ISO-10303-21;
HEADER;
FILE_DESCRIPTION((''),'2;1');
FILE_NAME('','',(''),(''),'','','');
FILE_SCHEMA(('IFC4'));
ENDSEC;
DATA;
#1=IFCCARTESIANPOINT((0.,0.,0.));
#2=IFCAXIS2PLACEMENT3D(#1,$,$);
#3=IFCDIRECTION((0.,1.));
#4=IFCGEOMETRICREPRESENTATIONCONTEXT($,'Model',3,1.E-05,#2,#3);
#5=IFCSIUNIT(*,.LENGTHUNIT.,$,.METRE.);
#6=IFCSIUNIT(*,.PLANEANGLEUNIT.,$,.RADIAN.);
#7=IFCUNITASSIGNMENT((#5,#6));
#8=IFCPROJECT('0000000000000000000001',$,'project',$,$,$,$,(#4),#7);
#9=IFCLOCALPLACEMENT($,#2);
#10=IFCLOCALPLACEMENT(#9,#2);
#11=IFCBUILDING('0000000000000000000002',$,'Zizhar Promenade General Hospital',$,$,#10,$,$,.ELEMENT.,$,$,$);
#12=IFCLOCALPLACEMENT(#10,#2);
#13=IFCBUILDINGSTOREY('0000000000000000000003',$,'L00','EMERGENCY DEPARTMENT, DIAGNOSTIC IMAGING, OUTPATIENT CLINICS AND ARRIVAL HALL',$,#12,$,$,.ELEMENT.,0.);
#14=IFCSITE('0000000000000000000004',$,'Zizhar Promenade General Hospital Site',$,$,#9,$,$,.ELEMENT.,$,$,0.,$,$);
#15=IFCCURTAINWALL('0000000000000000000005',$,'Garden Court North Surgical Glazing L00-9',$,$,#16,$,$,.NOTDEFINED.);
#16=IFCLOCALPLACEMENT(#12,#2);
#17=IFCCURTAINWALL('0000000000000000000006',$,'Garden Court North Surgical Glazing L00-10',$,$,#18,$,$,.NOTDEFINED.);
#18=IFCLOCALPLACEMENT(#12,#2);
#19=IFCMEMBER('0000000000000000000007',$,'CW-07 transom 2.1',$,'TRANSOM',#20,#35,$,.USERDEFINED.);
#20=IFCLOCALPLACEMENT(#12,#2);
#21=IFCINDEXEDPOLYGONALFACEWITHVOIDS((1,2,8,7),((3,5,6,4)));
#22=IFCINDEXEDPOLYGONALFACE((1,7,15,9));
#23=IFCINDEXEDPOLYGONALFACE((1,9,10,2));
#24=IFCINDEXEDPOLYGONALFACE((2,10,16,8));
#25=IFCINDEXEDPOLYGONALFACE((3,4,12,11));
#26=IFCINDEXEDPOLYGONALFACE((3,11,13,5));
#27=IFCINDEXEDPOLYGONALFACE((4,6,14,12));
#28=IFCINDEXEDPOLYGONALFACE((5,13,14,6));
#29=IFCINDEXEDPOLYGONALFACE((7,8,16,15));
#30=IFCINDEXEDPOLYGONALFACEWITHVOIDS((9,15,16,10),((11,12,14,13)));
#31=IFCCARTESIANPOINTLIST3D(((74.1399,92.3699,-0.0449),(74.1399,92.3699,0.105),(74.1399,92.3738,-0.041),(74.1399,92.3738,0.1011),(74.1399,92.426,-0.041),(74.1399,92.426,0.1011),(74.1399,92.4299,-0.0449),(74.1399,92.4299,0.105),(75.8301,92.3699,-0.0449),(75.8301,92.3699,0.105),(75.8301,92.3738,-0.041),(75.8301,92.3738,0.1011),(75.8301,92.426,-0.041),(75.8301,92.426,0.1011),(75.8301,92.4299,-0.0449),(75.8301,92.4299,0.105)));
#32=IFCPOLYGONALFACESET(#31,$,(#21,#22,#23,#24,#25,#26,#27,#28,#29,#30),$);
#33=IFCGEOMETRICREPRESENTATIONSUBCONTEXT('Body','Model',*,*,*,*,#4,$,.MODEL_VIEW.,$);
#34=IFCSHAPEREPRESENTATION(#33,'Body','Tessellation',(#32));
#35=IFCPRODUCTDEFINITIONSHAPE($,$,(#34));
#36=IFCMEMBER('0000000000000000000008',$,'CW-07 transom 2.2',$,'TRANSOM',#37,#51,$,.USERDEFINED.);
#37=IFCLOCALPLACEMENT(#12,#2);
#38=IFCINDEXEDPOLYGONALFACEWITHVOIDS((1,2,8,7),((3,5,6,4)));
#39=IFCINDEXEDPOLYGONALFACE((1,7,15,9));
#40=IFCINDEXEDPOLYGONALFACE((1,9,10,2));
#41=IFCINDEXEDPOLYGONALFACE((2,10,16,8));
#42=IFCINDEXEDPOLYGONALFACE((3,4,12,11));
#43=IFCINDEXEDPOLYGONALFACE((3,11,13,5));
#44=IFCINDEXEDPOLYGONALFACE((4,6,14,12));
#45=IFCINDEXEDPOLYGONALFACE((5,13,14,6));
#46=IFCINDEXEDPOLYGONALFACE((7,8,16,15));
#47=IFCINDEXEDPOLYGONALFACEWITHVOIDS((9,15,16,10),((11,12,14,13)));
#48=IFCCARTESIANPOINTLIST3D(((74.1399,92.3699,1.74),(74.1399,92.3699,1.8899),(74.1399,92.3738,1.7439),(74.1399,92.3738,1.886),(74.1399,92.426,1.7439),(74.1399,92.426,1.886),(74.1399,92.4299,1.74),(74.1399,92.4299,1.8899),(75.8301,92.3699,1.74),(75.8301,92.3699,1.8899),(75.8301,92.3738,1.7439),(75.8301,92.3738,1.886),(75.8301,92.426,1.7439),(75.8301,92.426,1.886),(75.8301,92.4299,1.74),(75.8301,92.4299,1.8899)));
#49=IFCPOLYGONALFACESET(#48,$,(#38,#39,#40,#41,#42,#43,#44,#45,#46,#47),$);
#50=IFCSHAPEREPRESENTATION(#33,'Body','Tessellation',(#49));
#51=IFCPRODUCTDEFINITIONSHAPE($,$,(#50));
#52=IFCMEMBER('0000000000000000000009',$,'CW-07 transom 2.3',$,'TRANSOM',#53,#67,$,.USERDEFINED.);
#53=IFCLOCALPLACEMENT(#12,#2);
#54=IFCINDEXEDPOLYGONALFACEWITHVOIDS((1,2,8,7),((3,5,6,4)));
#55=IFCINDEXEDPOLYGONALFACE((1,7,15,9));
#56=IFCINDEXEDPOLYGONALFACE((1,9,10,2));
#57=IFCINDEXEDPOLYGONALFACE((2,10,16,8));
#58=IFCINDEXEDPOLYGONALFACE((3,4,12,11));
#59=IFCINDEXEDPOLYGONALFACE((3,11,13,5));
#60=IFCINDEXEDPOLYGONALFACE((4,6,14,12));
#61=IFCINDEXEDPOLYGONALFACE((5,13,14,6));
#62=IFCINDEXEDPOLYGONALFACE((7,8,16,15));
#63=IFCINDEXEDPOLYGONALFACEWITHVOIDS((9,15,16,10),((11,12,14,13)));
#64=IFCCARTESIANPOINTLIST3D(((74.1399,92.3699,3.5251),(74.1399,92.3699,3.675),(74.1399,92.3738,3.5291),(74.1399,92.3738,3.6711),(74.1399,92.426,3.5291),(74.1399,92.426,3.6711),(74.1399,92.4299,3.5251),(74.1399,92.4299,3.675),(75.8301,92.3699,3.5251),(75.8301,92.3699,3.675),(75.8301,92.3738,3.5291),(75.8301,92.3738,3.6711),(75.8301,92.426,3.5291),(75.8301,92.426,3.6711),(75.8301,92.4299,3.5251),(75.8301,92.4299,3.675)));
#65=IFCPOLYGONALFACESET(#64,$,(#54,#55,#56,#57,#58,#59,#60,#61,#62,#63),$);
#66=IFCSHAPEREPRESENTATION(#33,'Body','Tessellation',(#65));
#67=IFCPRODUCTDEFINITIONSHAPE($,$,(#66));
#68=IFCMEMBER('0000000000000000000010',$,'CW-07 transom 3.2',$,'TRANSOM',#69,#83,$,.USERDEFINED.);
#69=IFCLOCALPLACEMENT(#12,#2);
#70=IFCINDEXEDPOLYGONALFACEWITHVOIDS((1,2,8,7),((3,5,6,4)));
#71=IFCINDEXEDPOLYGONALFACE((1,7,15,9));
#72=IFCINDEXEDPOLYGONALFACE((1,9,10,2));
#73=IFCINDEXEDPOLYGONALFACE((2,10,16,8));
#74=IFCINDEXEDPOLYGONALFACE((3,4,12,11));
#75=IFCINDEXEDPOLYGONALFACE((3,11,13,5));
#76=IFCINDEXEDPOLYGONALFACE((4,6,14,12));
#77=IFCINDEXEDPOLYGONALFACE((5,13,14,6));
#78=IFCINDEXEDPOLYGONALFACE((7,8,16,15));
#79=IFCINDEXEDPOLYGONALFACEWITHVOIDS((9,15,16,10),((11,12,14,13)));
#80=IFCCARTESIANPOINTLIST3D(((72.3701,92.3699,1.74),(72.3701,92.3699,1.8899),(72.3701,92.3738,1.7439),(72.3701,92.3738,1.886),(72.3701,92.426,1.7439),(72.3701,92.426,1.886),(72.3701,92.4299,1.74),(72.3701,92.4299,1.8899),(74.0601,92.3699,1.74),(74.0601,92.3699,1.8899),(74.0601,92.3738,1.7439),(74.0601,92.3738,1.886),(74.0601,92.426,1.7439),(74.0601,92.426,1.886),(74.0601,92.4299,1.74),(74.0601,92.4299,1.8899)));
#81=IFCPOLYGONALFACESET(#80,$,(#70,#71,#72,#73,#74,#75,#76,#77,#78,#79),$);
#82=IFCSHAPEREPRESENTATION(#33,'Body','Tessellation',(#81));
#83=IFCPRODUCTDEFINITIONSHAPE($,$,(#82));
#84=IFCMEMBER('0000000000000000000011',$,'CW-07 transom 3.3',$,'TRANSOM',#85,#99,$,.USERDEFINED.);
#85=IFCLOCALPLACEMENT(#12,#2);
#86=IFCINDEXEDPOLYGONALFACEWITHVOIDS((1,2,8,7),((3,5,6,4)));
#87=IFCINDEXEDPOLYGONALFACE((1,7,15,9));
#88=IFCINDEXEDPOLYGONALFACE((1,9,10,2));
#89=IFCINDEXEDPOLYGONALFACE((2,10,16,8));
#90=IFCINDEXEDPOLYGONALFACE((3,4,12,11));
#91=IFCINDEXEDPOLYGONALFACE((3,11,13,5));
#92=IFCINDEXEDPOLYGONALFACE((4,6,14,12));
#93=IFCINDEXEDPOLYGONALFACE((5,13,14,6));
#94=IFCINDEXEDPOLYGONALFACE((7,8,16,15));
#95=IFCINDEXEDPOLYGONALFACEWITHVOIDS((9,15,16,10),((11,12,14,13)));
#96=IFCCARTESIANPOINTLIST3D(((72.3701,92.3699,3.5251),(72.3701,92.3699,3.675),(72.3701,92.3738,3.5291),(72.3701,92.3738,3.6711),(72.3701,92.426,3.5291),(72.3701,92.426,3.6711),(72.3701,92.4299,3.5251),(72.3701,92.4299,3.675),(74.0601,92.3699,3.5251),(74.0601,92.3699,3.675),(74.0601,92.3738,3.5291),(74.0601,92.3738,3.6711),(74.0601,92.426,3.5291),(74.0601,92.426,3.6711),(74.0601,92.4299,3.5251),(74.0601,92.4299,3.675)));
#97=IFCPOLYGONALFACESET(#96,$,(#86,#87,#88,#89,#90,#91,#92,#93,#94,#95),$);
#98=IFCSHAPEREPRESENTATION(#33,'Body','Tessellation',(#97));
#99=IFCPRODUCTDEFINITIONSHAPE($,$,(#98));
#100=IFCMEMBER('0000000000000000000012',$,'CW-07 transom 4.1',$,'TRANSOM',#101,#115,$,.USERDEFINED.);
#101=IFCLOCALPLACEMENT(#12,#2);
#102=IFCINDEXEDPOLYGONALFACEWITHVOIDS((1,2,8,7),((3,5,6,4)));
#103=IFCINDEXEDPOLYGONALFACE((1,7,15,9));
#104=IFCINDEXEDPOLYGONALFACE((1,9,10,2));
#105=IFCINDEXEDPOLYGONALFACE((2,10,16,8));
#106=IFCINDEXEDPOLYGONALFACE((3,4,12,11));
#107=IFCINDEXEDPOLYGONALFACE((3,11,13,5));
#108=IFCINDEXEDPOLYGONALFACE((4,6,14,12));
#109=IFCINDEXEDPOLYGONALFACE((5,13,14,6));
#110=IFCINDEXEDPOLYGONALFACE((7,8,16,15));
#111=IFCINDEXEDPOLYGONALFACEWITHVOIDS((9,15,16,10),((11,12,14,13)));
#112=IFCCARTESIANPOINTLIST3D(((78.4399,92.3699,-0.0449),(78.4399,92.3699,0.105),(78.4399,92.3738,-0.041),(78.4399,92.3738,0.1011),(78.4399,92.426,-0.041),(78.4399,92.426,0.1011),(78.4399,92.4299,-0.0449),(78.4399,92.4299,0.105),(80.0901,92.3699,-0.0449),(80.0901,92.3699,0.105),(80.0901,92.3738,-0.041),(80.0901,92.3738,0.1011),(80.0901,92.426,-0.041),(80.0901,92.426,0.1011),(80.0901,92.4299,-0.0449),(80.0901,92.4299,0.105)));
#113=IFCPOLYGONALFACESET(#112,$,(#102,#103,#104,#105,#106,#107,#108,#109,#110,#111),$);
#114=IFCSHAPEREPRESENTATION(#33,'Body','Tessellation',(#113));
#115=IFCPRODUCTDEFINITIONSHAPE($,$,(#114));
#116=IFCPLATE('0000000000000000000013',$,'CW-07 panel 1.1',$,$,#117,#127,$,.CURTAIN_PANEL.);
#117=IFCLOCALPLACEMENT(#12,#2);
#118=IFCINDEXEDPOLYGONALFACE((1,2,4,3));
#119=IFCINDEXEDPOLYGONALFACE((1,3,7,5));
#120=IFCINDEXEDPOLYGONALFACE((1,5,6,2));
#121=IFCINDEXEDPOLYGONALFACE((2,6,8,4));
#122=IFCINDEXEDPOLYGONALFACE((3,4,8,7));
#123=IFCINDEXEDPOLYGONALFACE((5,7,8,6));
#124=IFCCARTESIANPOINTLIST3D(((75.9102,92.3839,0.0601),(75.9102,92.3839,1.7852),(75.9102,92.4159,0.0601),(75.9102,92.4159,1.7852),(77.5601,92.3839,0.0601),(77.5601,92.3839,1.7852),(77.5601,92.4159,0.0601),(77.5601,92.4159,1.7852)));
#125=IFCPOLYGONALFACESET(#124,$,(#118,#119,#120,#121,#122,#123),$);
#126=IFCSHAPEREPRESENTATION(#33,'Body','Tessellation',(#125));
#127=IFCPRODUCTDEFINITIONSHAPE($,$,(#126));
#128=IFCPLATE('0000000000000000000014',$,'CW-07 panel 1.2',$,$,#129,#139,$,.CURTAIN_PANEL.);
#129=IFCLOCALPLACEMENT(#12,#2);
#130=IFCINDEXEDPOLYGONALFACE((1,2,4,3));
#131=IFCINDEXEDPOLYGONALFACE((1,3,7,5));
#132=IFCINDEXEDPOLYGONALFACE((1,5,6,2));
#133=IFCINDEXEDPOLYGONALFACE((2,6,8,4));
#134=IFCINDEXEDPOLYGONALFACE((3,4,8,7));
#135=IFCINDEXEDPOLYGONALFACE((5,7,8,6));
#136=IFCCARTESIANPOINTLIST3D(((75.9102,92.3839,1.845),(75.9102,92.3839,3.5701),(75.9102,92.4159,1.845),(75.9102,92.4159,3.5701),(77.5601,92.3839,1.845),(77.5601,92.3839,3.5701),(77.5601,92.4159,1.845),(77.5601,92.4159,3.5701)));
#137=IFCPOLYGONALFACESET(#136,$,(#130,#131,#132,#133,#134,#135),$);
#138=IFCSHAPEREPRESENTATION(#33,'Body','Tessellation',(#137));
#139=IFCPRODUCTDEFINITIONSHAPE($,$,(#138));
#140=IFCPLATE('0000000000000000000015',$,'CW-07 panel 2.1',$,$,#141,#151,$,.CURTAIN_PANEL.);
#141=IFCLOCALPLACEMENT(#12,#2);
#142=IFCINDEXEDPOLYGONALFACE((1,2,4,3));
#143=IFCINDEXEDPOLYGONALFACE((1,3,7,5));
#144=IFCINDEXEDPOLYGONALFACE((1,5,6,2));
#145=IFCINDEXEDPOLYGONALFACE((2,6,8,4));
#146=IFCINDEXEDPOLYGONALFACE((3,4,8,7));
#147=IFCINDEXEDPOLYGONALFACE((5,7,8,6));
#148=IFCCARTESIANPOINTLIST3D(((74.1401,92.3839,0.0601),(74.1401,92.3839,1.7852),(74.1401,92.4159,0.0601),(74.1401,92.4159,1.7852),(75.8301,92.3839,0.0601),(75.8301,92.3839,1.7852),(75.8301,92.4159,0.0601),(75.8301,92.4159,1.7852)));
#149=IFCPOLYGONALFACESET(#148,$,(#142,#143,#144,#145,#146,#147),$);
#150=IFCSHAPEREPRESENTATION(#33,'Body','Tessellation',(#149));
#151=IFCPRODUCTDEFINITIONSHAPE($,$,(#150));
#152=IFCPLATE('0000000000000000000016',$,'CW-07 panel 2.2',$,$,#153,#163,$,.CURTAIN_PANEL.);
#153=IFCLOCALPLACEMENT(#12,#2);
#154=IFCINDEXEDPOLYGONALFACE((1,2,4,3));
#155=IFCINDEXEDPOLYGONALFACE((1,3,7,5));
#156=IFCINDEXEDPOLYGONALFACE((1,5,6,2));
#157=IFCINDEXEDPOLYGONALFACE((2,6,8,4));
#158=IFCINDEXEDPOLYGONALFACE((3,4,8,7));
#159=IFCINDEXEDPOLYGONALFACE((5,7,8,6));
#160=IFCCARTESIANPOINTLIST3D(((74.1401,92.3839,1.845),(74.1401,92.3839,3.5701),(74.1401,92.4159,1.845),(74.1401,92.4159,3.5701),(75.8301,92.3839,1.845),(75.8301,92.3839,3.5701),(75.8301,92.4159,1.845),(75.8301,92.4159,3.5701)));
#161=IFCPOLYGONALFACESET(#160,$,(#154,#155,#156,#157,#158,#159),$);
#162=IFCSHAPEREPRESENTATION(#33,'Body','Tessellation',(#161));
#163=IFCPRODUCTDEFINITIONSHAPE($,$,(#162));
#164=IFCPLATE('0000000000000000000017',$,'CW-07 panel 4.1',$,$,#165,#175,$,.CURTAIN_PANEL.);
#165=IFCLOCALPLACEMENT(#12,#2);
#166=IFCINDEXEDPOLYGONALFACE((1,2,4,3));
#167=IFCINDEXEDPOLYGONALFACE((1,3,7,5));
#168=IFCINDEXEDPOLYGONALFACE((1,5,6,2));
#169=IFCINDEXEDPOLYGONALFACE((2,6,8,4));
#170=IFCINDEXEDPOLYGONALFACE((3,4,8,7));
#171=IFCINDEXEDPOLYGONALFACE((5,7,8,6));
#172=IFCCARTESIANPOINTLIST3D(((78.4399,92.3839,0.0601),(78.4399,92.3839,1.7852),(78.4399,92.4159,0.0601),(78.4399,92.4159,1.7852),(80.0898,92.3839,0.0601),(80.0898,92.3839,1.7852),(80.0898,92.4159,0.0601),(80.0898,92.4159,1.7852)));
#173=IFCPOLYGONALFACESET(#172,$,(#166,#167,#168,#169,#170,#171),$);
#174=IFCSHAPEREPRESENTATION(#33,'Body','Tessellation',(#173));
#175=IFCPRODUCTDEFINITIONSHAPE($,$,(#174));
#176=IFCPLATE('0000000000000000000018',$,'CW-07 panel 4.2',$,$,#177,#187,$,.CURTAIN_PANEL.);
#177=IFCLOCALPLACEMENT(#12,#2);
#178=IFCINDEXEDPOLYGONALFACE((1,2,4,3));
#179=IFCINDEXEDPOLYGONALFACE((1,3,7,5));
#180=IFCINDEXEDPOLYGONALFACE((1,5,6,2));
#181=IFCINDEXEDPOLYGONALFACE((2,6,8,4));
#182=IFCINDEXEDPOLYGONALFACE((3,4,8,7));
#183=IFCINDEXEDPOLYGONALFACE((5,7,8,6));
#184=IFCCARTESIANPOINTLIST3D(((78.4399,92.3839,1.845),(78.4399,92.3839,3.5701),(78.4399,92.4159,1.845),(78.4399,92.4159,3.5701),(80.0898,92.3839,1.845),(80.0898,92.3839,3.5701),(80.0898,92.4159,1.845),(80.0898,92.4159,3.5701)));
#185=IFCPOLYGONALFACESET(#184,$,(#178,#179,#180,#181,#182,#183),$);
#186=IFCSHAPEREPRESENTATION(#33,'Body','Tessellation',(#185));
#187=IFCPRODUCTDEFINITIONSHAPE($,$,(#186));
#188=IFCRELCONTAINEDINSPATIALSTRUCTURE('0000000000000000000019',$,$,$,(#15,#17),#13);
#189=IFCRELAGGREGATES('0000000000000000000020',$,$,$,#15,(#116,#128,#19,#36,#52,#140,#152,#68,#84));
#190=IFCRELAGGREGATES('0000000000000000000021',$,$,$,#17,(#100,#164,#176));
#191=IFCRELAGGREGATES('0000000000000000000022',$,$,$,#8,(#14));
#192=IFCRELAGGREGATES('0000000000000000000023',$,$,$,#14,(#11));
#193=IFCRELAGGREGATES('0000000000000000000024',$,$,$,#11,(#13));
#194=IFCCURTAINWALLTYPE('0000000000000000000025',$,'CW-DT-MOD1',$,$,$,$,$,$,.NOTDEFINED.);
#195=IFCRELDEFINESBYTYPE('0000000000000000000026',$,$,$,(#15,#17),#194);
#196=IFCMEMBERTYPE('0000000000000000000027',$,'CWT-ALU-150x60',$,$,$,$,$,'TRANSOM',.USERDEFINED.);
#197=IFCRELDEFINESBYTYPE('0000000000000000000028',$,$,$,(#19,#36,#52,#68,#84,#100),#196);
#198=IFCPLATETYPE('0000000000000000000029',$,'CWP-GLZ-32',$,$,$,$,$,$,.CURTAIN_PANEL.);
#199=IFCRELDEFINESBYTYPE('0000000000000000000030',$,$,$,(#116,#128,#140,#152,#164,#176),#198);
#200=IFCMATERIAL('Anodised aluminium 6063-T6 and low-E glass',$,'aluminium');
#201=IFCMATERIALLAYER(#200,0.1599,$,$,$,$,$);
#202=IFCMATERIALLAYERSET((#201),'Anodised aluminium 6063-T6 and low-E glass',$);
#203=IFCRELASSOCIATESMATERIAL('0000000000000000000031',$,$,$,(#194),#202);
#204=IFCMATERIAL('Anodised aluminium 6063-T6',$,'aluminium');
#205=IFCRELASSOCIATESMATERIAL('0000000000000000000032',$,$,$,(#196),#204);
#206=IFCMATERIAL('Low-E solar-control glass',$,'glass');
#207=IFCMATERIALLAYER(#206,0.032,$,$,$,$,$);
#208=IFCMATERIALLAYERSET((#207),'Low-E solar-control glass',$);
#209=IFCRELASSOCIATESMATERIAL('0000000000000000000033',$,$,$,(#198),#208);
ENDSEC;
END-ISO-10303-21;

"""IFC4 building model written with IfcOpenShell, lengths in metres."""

from ifc_helpers import new_model, si_unit, direction, frame, origin, origin_2d, place, context, subcontext, project, spatial, rectangle, hollow_rectangle, extrude, material, layer, layer_set, material_profile, profile_set, type_object, element, aggregate, save


model = new_model("IFC4")

# Units and contexts
model_context = context("Model", 3, precision=1e-05, world=origin(), true_north=direction((0.0, 1.0)))
body_context = subcontext(model_context, "Body", "Model", "MODEL_VIEW")
ifc_project = project(units=[si_unit("LENGTHUNIT", "METRE"), si_unit("PLANEANGLEUNIT", "RADIAN")], contexts=[model_context])

# Site, building, storey
site_placement = place(None, origin())
site = spatial("IfcSite", under=ifc_project, at=site_placement, Name="Zizhar Promenade General Hospital Site", CompositionType="ELEMENT", RefElevation=0.0)
building_placement = place(site_placement, origin())
building = spatial("IfcBuilding", under=site, at=building_placement, Name="Zizhar Promenade General Hospital", CompositionType="ELEMENT")
storey_placement = place(building_placement, origin())
storey = spatial("IfcBuildingStorey", under=building, at=storey_placement, Name="L00", Description="EMERGENCY DEPARTMENT, DIAGNOSTIC IMAGING, OUTPATIENT CLINICS AND ARRIVAL HALL", CompositionType="ELEMENT", Elevation=0.0)

# Curtain wall
ifc_material_1 = material(Name="Anodised aluminium 6063-T6 and low-E glass", Category="aluminium")
ifc_layer_1 = layer(ifc_material_1, 0.1599)
ifc_layer_set_1 = layer_set([ifc_layer_1], Name="Anodised aluminium 6063-T6 and low-E glass")
curtain_wall_type = type_object("IfcCurtainWallType", Name="CW-DT-MOD1", PredefinedType="NOTDEFINED", material=ifc_layer_set_1)
curtain_wall_1_placement = place(storey_placement, origin())
curtain_wall_1 = element("IfcCurtainWall", 1, at=curtain_wall_1_placement, inside=storey, type_object=curtain_wall_type, Name="Garden Court North Surgical Glazing L00-9", PredefinedType="NOTDEFINED")

# Curtain wall
curtain_wall_2_placement = place(storey_placement, origin())
curtain_wall_2 = element("IfcCurtainWall", 2, at=curtain_wall_2_placement, inside=storey, type_object=curtain_wall_type, Name="Garden Court North Surgical Glazing L00-10", PredefinedType="NOTDEFINED")

# Members
ifc_material_2 = material(Name="Anodised aluminium 6063-T6", Category="aluminium")
ifc_material_profile_1 = material_profile(ifc_material_2, hollow_rectangle(XDim=0.0601, YDim=0.1499, WallThickness=0.0039, at=origin_2d()))
ifc_profile_set_1 = profile_set([ifc_material_profile_1], Name="Anodised aluminium 6063-T6")
member_type_1 = type_object("IfcMemberType", Name="CWT-ALU-150x60", ElementType="TRANSOM", PredefinedType="USERDEFINED", material=ifc_profile_set_1)
member_1_placement = place(storey_placement, frame((75.8301, 92.3999, 0.03), z_axis=(-1.0, 0.0, 0.0), x_axis=(0.0, -1.0, 0.0)))
member_1 = element("IfcMember", 3, at=member_1_placement, type_object=member_type_1, Name="CW-07 transom 2.1", ObjectType="TRANSOM", PredefinedType="USERDEFINED", context=body_context, shape_type="SweptSolid", body=[
    extrude(hollow_rectangle(XDim=0.0601, YDim=0.1499, WallThickness=0.0039, at=origin_2d()), origin(), (0.0, 0.0, 1.0), 1.6902),
])
member_2_placement = place(storey_placement, frame((75.8301, 92.3999, 1.8149), z_axis=(-1.0, 0.0, 0.0), x_axis=(0.0, -1.0, 0.0)))
member_2 = element("IfcMember", 4, at=member_2_placement, type_object=member_type_1, Name="CW-07 transom 2.2", ObjectType="TRANSOM", PredefinedType="USERDEFINED", context=body_context, shape_type="SweptSolid", body=[
    extrude(hollow_rectangle(XDim=0.0601, YDim=0.1499, WallThickness=0.0039, at=origin_2d()), origin(), (0.0, 0.0, 1.0), 1.6902),
])
member_3_placement = place(storey_placement, frame((75.8301, 92.3999, 3.6001), z_axis=(-1.0, 0.0, 0.0), x_axis=(0.0, -1.0, 0.0)))
member_3 = element("IfcMember", 5, at=member_3_placement, type_object=member_type_1, Name="CW-07 transom 2.3", ObjectType="TRANSOM", PredefinedType="USERDEFINED", context=body_context, shape_type="SweptSolid", body=[
    extrude(hollow_rectangle(XDim=0.0601, YDim=0.1499, WallThickness=0.0039, at=origin_2d()), origin(), (0.0, 0.0, 1.0), 1.6902),
])
member_4_placement = place(storey_placement, frame((74.0601, 92.3999, 1.8149), z_axis=(-1.0, 0.0, 0.0), x_axis=(0.0, -1.0, 0.0)))
member_4 = element("IfcMember", 6, at=member_4_placement, type_object=member_type_1, Name="CW-07 transom 3.2", ObjectType="TRANSOM", PredefinedType="USERDEFINED", context=body_context, shape_type="SweptSolid", body=[
    extrude(hollow_rectangle(XDim=0.0601, YDim=0.1499, WallThickness=0.0039, at=origin_2d()), origin(), (0.0, 0.0, 1.0), 1.6899),
])
member_5_placement = place(storey_placement, frame((74.0601, 92.3999, 3.6001), z_axis=(-1.0, 0.0, 0.0), x_axis=(0.0, -1.0, 0.0)))
member_5 = element("IfcMember", 7, at=member_5_placement, type_object=member_type_1, Name="CW-07 transom 3.3", ObjectType="TRANSOM", PredefinedType="USERDEFINED", context=body_context, shape_type="SweptSolid", body=[
    extrude(hollow_rectangle(XDim=0.0601, YDim=0.1499, WallThickness=0.0039, at=origin_2d()), origin(), (0.0, 0.0, 1.0), 1.6899),
])
member_6_placement = place(storey_placement, frame((80.0901, 92.3999, 0.03), z_axis=(-1.0, 0.0, 0.0), x_axis=(0.0, -1.0, 0.0)))
member_6 = element("IfcMember", 8, at=member_6_placement, type_object=member_type_1, Name="CW-07 transom 4.1", ObjectType="TRANSOM", PredefinedType="USERDEFINED", context=body_context, shape_type="SweptSolid", body=[
    extrude(hollow_rectangle(XDim=0.0601, YDim=0.1499, WallThickness=0.0039, at=origin_2d()), origin(), (0.0, 0.0, 1.0), 1.6501),
])

# Plates
ifc_material_3 = material(Name="Low-E solar-control glass", Category="glass")
ifc_layer_2 = layer(ifc_material_3, 0.032)
ifc_layer_set_2 = layer_set([ifc_layer_2], Name="Low-E solar-control glass")
plate_type = type_object("IfcPlateType", Name="CWP-GLZ-32", PredefinedType="CURTAIN_PANEL", material=ifc_layer_set_2)
plate_1_placement = place(storey_placement, frame((76.7351, 92.3999, 0.0601), z_axis=(0.0, 0.0, 1.0), x_axis=(-1.0, 0.0, 0.0)))
plate_1 = element("IfcPlate", 9, at=plate_1_placement, type_object=plate_type, Name="CW-07 panel 1.1", PredefinedType="CURTAIN_PANEL", context=body_context, shape_type="SweptSolid", body=[
    extrude(rectangle(XDim=1.6499, YDim=0.032, at=origin_2d()), origin(), (0.0, 0.0, 1.0), 1.7251),
])
plate_2_placement = place(storey_placement, frame((76.7351, 92.3999, 1.845), z_axis=(0.0, 0.0, 1.0), x_axis=(-1.0, 0.0, 0.0)))
plate_2 = element("IfcPlate", 10, at=plate_2_placement, type_object=plate_type, Name="CW-07 panel 1.2", PredefinedType="CURTAIN_PANEL", context=body_context, shape_type="SweptSolid", body=[
    extrude(rectangle(XDim=1.6499, YDim=0.032, at=origin_2d()), origin(), (0.0, 0.0, 1.0), 1.7251),
])
plate_3_placement = place(storey_placement, frame((74.9851, 92.3999, 0.0601), z_axis=(0.0, 0.0, 1.0), x_axis=(-1.0, 0.0, 0.0)))
plate_3 = element("IfcPlate", 11, at=plate_3_placement, type_object=plate_type, Name="CW-07 panel 2.1", PredefinedType="CURTAIN_PANEL", context=body_context, shape_type="SweptSolid", body=[
    extrude(rectangle(XDim=1.6899, YDim=0.032, at=origin_2d()), origin(), (0.0, 0.0, 1.0), 1.7251),
])
plate_4_placement = place(storey_placement, frame((74.9851, 92.3999, 1.845), z_axis=(0.0, 0.0, 1.0), x_axis=(-1.0, 0.0, 0.0)))
plate_4 = element("IfcPlate", 12, at=plate_4_placement, type_object=plate_type, Name="CW-07 panel 2.2", PredefinedType="CURTAIN_PANEL", context=body_context, shape_type="SweptSolid", body=[
    extrude(rectangle(XDim=1.6899, YDim=0.032, at=origin_2d()), origin(), (0.0, 0.0, 1.0), 1.7251),
])
aggregate(curtain_wall_1, [plate_1, plate_2, member_1, member_2, member_3, plate_3, plate_4, member_4, member_5])
plate_5_placement = place(storey_placement, frame((79.2649, 92.3999, 0.0601), z_axis=(0.0, 0.0, 1.0), x_axis=(-1.0, 0.0, 0.0)))
plate_5 = element("IfcPlate", 13, at=plate_5_placement, type_object=plate_type, Name="CW-07 panel 4.1", PredefinedType="CURTAIN_PANEL", context=body_context, shape_type="SweptSolid", body=[
    extrude(rectangle(XDim=1.6499, YDim=0.032, at=origin_2d()), origin(), (0.0, 0.0, 1.0), 1.7251),
])
plate_6_placement = place(storey_placement, frame((79.2649, 92.3999, 1.845), z_axis=(0.0, 0.0, 1.0), x_axis=(-1.0, 0.0, 0.0)))
plate_6 = element("IfcPlate", 14, at=plate_6_placement, type_object=plate_type, Name="CW-07 panel 4.2", PredefinedType="CURTAIN_PANEL", context=body_context, shape_type="SweptSolid", body=[
    extrude(rectangle(XDim=1.6499, YDim=0.032, at=origin_2d()), origin(), (0.0, 0.0, 1.0), 1.7251),
])
aggregate(curtain_wall_2, [member_6, plate_5, plate_6])

save(model, "model.ifc")
